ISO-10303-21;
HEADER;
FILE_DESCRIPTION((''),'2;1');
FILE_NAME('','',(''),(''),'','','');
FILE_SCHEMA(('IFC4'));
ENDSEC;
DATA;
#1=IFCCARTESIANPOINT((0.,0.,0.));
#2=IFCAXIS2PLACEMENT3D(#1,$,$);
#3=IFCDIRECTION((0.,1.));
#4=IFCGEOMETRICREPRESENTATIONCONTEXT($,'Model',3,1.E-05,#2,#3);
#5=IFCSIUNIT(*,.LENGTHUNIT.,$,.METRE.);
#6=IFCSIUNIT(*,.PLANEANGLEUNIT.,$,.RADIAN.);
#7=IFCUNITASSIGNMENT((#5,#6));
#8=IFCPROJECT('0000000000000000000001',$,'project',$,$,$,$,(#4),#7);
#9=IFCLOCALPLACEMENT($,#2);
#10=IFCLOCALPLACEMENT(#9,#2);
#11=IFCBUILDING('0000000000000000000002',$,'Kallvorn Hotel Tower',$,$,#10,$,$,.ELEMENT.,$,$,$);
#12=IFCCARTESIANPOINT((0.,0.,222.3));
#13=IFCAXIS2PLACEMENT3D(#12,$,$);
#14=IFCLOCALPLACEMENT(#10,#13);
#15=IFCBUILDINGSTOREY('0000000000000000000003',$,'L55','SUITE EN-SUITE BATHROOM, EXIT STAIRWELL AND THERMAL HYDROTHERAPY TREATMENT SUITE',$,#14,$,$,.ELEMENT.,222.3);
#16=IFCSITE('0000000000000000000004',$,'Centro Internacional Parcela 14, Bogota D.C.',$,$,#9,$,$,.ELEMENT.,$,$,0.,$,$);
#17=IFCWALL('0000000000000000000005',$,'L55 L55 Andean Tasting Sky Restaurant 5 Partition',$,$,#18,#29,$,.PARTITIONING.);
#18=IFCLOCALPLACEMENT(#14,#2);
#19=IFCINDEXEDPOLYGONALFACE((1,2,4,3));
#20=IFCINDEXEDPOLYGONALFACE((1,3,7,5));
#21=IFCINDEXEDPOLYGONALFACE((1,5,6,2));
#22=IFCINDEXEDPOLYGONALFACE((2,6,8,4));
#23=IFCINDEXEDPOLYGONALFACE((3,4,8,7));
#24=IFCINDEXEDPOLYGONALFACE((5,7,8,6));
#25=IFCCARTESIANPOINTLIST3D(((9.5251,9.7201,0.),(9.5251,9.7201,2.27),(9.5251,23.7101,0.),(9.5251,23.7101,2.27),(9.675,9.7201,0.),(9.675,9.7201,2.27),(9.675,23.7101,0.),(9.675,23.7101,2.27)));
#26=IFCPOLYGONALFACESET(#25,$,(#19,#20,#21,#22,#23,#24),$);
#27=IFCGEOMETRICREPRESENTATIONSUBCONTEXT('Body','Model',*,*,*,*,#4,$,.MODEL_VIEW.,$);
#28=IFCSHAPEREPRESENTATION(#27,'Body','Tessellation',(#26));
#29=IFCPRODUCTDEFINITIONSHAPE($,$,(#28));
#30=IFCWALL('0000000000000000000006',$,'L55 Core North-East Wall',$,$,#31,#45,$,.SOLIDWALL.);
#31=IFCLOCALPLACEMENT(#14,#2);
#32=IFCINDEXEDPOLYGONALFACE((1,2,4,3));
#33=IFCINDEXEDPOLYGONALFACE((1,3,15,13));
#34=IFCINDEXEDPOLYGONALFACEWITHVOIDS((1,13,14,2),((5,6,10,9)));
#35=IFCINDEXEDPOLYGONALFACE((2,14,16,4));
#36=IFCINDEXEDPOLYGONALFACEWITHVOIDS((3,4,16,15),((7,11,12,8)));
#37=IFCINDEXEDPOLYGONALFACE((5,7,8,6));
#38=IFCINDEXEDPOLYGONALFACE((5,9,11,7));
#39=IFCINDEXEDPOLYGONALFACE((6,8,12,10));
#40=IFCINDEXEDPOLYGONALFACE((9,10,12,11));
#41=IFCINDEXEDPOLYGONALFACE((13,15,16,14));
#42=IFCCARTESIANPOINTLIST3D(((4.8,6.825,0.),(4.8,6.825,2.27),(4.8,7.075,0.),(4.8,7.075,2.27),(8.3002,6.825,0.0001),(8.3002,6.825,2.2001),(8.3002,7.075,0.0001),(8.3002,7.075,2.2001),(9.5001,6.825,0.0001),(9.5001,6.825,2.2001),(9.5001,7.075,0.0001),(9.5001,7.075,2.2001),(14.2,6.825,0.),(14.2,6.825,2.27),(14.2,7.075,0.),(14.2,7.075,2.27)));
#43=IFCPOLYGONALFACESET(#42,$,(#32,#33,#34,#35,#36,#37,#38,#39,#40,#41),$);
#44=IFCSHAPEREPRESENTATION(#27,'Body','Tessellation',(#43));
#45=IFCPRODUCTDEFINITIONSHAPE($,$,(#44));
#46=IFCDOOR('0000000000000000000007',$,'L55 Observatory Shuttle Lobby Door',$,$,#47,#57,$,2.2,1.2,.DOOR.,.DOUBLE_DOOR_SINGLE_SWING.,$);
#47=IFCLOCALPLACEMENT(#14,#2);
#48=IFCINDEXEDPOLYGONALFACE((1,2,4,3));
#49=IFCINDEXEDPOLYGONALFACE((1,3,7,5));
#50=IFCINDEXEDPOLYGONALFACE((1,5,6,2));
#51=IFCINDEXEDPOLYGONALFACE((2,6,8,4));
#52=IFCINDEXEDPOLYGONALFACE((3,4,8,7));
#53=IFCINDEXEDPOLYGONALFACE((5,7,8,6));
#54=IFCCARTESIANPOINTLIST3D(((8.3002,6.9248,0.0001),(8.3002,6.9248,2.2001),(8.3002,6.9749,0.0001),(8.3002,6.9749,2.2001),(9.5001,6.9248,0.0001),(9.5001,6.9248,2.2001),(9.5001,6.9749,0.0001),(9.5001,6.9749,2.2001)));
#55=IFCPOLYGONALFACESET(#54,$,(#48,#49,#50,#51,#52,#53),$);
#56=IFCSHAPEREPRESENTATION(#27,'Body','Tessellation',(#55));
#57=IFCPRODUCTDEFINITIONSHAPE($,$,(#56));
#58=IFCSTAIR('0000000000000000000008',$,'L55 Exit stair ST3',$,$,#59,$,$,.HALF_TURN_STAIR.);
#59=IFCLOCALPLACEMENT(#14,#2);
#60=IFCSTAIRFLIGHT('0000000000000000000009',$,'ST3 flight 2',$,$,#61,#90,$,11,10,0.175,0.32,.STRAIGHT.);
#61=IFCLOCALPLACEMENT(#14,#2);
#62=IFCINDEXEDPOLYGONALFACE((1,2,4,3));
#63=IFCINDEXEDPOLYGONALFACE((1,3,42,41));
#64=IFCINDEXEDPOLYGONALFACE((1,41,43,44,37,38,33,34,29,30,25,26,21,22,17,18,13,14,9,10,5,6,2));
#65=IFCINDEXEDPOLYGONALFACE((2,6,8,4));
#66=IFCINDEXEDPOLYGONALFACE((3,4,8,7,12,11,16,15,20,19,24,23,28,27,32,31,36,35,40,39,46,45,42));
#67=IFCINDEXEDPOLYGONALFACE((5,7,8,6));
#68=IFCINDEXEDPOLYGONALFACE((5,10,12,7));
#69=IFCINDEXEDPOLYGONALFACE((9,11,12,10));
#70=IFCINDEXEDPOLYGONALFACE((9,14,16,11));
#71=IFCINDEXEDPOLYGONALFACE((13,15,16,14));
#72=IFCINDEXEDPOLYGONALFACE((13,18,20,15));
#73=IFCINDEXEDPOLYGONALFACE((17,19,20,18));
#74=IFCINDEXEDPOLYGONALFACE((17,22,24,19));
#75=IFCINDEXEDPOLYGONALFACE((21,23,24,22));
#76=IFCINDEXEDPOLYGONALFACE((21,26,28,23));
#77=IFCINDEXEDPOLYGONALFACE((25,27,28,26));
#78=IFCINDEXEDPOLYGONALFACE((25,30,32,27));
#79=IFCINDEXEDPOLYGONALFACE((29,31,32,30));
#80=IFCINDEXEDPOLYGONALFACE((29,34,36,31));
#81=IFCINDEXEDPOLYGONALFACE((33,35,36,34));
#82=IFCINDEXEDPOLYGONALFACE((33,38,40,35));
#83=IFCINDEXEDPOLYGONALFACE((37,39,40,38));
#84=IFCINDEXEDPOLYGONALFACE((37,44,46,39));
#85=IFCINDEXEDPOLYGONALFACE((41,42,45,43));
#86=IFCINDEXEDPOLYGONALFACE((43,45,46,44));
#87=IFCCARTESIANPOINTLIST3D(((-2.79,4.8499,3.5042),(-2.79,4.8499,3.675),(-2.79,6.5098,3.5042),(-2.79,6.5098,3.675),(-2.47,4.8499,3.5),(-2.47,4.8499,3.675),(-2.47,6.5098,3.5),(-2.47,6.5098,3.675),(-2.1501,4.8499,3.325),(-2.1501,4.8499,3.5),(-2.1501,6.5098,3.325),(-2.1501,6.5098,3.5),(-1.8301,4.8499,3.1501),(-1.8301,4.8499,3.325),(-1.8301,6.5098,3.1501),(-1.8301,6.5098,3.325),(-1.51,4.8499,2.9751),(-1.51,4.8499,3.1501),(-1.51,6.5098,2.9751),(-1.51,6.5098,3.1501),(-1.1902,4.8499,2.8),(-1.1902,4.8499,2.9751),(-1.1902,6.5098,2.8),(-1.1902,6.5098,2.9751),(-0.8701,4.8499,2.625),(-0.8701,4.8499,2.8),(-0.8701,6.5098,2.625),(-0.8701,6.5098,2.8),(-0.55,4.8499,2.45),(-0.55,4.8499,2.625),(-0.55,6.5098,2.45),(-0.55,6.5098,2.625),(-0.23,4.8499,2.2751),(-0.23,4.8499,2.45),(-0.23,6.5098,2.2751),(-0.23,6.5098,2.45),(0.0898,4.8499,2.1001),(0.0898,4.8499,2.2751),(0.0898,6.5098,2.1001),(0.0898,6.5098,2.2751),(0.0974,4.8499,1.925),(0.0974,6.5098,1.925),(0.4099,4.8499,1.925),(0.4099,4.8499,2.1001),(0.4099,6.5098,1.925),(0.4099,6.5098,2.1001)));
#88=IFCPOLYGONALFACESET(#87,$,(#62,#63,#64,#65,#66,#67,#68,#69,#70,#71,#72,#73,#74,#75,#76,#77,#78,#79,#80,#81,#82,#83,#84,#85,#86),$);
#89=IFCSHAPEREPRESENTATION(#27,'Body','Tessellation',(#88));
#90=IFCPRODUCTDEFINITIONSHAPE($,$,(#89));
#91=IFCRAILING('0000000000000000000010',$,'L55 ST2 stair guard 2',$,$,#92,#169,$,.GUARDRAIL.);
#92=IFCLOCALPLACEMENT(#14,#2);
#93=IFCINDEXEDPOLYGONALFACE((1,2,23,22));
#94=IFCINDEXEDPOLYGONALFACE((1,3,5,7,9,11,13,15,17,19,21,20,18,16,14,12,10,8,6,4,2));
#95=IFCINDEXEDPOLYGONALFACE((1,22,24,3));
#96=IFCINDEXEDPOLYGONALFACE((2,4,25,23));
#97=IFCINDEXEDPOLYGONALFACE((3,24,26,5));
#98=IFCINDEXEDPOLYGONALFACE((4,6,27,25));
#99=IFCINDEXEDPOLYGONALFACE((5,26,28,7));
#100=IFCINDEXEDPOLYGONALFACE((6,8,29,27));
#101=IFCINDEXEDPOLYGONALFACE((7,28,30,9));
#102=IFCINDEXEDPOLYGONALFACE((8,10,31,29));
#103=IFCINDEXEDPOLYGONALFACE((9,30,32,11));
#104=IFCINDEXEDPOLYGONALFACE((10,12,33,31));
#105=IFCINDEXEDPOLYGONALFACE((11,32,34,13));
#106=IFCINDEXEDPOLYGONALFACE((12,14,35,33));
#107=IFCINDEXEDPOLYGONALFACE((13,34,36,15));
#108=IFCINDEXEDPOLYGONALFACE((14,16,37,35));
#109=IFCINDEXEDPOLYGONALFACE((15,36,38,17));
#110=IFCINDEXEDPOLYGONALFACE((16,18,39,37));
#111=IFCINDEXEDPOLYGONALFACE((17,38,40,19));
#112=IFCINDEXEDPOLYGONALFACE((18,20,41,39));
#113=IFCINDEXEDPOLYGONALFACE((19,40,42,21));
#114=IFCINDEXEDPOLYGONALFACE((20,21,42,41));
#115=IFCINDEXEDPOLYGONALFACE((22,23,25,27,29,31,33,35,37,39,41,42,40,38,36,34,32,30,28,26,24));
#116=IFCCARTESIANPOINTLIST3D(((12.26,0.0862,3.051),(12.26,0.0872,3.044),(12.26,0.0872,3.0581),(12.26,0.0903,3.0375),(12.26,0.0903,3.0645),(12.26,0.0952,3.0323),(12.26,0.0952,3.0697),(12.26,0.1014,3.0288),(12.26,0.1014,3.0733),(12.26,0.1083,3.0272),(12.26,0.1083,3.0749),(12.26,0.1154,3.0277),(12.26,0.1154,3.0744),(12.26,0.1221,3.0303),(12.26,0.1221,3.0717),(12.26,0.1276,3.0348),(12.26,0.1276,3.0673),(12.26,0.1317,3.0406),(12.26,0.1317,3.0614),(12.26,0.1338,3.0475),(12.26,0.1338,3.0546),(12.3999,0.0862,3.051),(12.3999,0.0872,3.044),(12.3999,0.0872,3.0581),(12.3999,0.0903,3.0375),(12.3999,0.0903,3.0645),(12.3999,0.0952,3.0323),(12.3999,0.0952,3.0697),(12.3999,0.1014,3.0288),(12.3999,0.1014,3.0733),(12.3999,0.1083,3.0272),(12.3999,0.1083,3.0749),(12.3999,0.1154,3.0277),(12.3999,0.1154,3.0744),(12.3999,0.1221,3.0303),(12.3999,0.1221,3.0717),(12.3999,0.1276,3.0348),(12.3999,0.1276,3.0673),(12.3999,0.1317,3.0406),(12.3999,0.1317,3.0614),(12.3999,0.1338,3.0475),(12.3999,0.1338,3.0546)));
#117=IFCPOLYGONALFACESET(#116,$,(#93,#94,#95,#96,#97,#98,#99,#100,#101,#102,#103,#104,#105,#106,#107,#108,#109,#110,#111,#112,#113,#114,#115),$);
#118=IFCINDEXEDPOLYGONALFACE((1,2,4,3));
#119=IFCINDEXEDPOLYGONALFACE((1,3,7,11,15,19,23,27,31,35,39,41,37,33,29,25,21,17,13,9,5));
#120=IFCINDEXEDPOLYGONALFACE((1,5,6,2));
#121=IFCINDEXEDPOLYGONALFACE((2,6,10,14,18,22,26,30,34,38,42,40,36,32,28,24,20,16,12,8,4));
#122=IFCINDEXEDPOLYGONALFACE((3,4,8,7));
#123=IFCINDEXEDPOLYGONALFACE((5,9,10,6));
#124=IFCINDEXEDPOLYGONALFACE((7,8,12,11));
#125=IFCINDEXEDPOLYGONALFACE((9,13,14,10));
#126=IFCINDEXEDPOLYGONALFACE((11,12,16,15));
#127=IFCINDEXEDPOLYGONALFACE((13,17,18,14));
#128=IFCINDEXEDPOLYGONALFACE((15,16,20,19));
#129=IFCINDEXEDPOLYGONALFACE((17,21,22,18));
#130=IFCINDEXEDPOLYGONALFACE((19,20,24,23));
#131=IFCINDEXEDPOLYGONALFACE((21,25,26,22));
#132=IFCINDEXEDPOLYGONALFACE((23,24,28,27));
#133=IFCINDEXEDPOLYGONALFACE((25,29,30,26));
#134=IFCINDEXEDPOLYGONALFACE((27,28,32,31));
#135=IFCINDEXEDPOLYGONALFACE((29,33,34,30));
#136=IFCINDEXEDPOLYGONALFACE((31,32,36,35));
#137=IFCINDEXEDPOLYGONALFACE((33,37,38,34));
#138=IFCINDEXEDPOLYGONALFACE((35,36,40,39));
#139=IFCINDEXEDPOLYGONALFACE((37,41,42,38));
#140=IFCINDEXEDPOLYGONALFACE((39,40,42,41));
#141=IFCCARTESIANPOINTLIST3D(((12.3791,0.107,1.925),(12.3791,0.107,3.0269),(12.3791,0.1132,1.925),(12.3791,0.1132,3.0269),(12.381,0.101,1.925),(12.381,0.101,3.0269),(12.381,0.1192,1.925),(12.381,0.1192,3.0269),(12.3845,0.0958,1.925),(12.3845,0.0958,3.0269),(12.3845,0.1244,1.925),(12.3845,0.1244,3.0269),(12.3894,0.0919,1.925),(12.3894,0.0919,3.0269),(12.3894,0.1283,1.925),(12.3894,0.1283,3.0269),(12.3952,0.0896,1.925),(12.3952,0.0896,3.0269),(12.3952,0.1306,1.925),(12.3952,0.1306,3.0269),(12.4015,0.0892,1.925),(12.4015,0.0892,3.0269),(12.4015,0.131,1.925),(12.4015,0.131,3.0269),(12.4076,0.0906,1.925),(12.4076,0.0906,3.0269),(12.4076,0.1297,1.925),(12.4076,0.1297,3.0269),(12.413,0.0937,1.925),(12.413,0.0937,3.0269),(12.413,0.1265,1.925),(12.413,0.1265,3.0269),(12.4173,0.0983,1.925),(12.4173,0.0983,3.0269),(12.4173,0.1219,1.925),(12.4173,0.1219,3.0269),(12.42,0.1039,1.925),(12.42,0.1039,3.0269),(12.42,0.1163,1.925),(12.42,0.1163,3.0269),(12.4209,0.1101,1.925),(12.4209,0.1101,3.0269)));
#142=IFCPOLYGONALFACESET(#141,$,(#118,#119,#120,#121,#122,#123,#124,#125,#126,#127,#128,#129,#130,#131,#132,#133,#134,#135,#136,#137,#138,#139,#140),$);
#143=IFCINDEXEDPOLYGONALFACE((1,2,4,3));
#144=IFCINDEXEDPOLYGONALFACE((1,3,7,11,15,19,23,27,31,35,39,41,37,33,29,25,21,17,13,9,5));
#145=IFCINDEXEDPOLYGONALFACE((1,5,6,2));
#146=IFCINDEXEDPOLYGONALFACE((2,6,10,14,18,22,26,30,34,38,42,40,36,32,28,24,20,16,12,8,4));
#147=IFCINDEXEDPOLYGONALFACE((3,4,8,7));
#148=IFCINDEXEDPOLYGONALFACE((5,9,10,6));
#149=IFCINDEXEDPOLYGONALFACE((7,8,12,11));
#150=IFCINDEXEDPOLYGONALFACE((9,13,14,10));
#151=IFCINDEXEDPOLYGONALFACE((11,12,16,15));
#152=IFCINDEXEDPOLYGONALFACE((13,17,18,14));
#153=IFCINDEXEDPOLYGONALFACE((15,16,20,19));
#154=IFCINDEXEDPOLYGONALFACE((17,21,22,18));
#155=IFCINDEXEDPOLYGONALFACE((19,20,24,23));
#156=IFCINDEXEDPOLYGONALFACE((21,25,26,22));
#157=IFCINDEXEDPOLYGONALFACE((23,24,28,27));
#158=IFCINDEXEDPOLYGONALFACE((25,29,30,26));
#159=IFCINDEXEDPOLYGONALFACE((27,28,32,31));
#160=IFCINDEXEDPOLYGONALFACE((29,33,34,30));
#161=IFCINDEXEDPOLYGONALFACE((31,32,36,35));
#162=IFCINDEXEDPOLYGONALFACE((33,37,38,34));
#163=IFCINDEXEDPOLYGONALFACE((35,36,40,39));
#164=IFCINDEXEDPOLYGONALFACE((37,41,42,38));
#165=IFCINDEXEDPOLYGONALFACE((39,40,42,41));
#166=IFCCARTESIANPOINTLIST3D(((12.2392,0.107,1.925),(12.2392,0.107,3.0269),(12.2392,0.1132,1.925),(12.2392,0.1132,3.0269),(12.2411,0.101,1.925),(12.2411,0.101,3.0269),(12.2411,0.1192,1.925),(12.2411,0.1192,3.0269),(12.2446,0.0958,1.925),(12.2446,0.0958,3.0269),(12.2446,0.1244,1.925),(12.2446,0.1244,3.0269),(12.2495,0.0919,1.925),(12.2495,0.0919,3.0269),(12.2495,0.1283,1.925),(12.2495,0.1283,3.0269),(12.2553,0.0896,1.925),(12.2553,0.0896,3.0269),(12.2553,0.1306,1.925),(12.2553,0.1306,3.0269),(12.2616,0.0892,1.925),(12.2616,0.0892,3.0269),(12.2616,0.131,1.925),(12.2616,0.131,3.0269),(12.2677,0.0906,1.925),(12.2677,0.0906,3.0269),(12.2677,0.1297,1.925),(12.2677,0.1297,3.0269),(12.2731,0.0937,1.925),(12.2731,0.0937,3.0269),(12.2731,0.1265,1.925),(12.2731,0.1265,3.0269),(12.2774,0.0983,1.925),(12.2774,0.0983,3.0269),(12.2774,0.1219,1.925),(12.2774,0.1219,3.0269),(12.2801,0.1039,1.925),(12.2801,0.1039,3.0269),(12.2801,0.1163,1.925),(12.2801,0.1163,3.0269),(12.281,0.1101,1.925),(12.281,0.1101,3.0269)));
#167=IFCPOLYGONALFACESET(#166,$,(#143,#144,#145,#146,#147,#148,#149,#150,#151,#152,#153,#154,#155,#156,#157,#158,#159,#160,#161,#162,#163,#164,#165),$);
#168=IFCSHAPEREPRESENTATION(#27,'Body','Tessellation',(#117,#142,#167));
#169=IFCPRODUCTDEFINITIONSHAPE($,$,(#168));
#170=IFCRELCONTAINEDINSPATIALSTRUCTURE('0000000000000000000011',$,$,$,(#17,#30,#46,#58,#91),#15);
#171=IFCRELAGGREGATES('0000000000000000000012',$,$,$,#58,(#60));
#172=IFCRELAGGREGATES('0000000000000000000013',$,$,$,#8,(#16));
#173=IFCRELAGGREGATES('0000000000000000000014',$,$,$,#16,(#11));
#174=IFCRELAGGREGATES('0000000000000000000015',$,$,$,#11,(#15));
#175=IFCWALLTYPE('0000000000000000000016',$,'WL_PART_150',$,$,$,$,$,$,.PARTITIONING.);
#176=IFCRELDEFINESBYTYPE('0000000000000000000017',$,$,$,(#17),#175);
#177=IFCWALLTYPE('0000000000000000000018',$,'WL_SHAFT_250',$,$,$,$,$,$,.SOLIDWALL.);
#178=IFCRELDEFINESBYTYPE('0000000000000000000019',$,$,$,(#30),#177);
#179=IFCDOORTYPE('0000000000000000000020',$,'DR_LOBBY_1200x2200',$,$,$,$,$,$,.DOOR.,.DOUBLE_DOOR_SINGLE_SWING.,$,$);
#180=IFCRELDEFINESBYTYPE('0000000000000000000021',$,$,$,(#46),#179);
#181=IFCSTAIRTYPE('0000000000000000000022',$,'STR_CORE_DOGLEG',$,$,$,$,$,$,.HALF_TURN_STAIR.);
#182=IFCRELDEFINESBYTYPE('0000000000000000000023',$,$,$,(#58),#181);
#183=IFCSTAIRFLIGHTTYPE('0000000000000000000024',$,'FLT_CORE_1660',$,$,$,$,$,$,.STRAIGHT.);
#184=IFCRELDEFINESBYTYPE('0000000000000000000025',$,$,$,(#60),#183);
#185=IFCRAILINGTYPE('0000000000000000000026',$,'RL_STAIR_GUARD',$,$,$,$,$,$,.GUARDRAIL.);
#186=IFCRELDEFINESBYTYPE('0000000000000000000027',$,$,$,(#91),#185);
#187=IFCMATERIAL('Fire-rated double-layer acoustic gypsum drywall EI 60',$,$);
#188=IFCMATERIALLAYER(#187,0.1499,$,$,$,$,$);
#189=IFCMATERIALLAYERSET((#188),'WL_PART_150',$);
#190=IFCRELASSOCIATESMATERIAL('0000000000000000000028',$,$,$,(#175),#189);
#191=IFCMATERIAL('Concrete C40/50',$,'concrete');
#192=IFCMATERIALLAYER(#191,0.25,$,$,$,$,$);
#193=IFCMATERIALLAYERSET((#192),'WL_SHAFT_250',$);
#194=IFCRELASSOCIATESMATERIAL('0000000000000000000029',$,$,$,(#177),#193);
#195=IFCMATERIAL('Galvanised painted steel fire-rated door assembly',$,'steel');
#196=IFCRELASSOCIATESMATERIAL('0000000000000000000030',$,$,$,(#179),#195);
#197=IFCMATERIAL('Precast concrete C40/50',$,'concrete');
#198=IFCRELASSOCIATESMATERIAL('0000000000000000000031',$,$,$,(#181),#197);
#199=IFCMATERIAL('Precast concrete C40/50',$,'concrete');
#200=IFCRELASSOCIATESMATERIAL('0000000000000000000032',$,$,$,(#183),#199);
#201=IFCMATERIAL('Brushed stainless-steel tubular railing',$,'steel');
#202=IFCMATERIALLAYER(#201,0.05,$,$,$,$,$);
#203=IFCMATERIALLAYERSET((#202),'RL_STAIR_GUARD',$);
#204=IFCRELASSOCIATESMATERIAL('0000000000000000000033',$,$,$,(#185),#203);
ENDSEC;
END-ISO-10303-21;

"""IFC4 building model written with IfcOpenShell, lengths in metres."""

from ifc_helpers import new_model, si_unit, direction, frame, frame_2d, origin, origin_2d, place, context, subcontext, project, spatial, polyline, rectangle, circle, outline, extrude, material, layer, layer_set, type_object, element, fill, aggregate, save


model = new_model("IFC4")

# Units and contexts
model_context = context("Model", 3, precision=1e-05, world=origin(), true_north=direction((0.0, 1.0)))
body_context = subcontext(model_context, "Body", "Model", "MODEL_VIEW")
ifc_project = project(units=[si_unit("LENGTHUNIT", "METRE"), si_unit("PLANEANGLEUNIT", "RADIAN")], contexts=[model_context])

# Site, building, storey
site_placement = place(None, origin())
site = spatial("IfcSite", under=ifc_project, at=site_placement, Name="Centro Internacional Parcela 14, Bogota D.C.", CompositionType="ELEMENT", RefElevation=0.0)
building_placement = place(site_placement, origin())
building = spatial("IfcBuilding", under=site, at=building_placement, Name="Kallvorn Hotel Tower", CompositionType="ELEMENT")
storey_placement = place(building_placement, frame((0.0, 0.0, 222.3)))
storey = spatial("IfcBuildingStorey", under=building, at=storey_placement, Name="L55", Description="SUITE EN-SUITE BATHROOM, EXIT STAIRWELL AND THERMAL HYDROTHERAPY TREATMENT SUITE", CompositionType="ELEMENT", Elevation=222.3)

# Wall
ifc_material_1 = material(Name="Fire-rated double-layer acoustic gypsum drywall EI 60")
ifc_layer_1 = layer(ifc_material_1, 0.1499)
ifc_layer_set_1 = layer_set([ifc_layer_1], Name="WL_PART_150")
wall_type_1 = type_object("IfcWallType", Name="WL_PART_150", PredefinedType="PARTITIONING", material=ifc_layer_set_1)
wall_1_placement = place(storey_placement, frame((9.6001, 9.72, 0.0), z_axis=(0.0, 0.0, 1.0), x_axis=(0.0, 1.0, 0.0)))
element("IfcWall", 1, at=wall_1_placement, inside=storey, type_object=wall_type_1, Name="L55 L55 Andean Tasting Sky Restaurant 5 Partition", PredefinedType="PARTITIONING", context=body_context, shape_type="SweptSolid", body=[
    extrude(rectangle(XDim=13.99, YDim=0.1499, at=frame_2d((6.9951, 0.0))), origin(), (0.0, 0.0, 1.0), 2.27),
])

# Wall, opening, door
ifc_material_2 = material(Name="Concrete C40/50", Category="concrete")
ifc_layer_2 = layer(ifc_material_2, 0.25)
ifc_layer_set_2 = layer_set([ifc_layer_2], Name="WL_SHAFT_250")
wall_type_2 = type_object("IfcWallType", Name="WL_SHAFT_250", PredefinedType="SOLIDWALL", material=ifc_layer_set_2)
wall_2_placement = place(storey_placement, frame((4.8, 6.95, 0.0), z_axis=(0.0, 0.0, 1.0), x_axis=(1.0, 0.0, 0.0)))
wall_2 = element("IfcWall", 2, at=wall_2_placement, inside=storey, type_object=wall_type_2, Name="L55 Core North-East Wall", PredefinedType="SOLIDWALL", context=body_context, shape_type="SweptSolid", body=[
    extrude(rectangle(XDim=9.3999, YDim=0.25, at=frame_2d((4.7, 0.0))), origin(), (0.0, 0.0, 1.0), 2.27),
])
opening_1_placement = place(wall_2_placement, frame((3.5, 0.0, 0.0)))
opening_1 = element("IfcOpeningElement", 3, at=opening_1_placement, cuts=wall_2, PredefinedType="OPENING", context=body_context, shape_type="SweptSolid", body=[
    extrude(rectangle(XDim=1.2, YDim=2.2, at=frame_2d((0.6001, 1.1001))), frame((0.0, 0.1399, 0.0), z_axis=(0.0, -1.0, 0.0), x_axis=(1.0, 0.0, 0.0)), (0.0, 0.0, 1.0), 0.28),
])
ifc_material_3 = material(Name="Galvanised painted steel fire-rated door assembly", Category="steel")
door_type_1 = type_object("IfcDoorType", Name="DR_LOBBY_1200x2200", OperationType="DOUBLE_DOOR_SINGLE_SWING", PredefinedType="DOOR", material=ifc_material_3)
door_1_placement = place(opening_1_placement, origin())
door_1 = element("IfcDoor", 4, at=door_1_placement, inside=storey, type_object=door_type_1, Name="L55 Observatory Shuttle Lobby Door", OperationType="DOUBLE_DOOR_SINGLE_SWING", OverallHeight=2.2, OverallWidth=1.2, PredefinedType="DOOR", context=body_context, shape_type="SweptSolid", body=[
    extrude(rectangle(XDim=1.2, YDim=2.2, at=frame_2d((0.6001, 1.1001))), frame((0.0, 0.0249, 0.0), z_axis=(0.0, -1.0, 0.0), x_axis=(1.0, 0.0, 0.0)), (0.0, 0.0, 1.0), 0.05),
])
fill(opening_1, door_1)

# Stair, stair flight
ifc_material_4 = material(Name="Precast concrete C40/50", Category="concrete")
stair_type = type_object("IfcStairType", Name="STR_CORE_DOGLEG", PredefinedType="HALF_TURN_STAIR", material=ifc_material_4)
stair_placement = place(storey_placement, origin())
stair = element("IfcStair", 5, at=stair_placement, inside=storey, type_object=stair_type, Name="L55 Exit stair ST3", PredefinedType="HALF_TURN_STAIR")
ifc_material_5 = material(Name="Precast concrete C40/50", Category="concrete")
stair_flight_type = type_object("IfcStairFlightType", Name="FLT_CORE_1660", PredefinedType="STRAIGHT", material=ifc_material_5)
stair_flight_placement = place(storey_placement, frame((0.4099, 5.6799, 1.925), z_axis=(0.0, 0.0, 1.0), x_axis=(-1.0, 0.0, 0.0)))
stair_flight = element("IfcStairFlight", 6, at=stair_flight_placement, type_object=stair_flight_type, Name="ST3 flight 2", NumberOfRisers=11, NumberOfTreads=10, PredefinedType="STRAIGHT", RiserHeight=0.175, TreadLength=0.32, context=body_context, shape_type="SweptSolid", body=[
    extrude(outline(polyline([(0.0, 0.0), (0.0, 0.175), (0.3201, 0.175), (0.3201, 0.3501), (0.6399, 0.3501), (0.6399, 0.5249), (0.96, 0.5249), (0.96, 0.7), (1.28, 0.7), (1.28, 0.875), (1.6001, 0.875), (1.6001, 1.05), (1.9199, 1.05), (1.9199, 1.2251), (2.24, 1.2251), (2.24, 1.3999), (2.5601, 1.3999), (2.5601, 1.575), (2.8799, 1.575), (2.8799, 1.75), (3.2, 1.75), (3.2, 1.925), (3.2, 1.5791), (0.3125, 0.0), (0.0, 0.0)])), frame((0.0, 0.8301, 0.0), z_axis=(0.0, -1.0, 0.0), x_axis=(1.0, 0.0, 0.0)), (0.0, 0.0, 1.0), 1.6599),
])
aggregate(stair, [stair_flight])

# Railing
ifc_material_6 = material(Name="Brushed stainless-steel tubular railing", Category="steel")
ifc_layer_3 = layer(ifc_material_6, 0.05)
ifc_layer_set_3 = layer_set([ifc_layer_3], Name="RL_STAIR_GUARD")
railing_type_1 = type_object("IfcRailingType", Name="RL_STAIR_GUARD", PredefinedType="GUARDRAIL", material=ifc_layer_set_3)
railing_1_placement = place(storey_placement, frame((12.3999, 0.1101, 1.925)))
element("IfcRailing", 7, at=railing_1_placement, inside=storey, type_object=railing_type_1, Name="L55 ST2 stair guard 2", PredefinedType="GUARDRAIL", context=body_context, shape_type="SweptSolid", body=[
    extrude(circle(Radius=0.0239, at=origin_2d()), frame((0.0, 0.0, 1.126), z_axis=(-1.0, 0.0, 0.0), x_axis=(0.0, -1.0, 0.0)), (0.0, 0.0, 1.0), 0.1399),
    extrude(circle(Radius=0.021, at=origin_2d()), origin(), (0.0, 0.0, 1.0), 1.1018),
    extrude(circle(Radius=0.021, at=origin_2d()), frame((-0.1399, 0.0, 0.0)), (0.0, 0.0, 1.0), 1.1018),
])

save(model, "model.ifc")
